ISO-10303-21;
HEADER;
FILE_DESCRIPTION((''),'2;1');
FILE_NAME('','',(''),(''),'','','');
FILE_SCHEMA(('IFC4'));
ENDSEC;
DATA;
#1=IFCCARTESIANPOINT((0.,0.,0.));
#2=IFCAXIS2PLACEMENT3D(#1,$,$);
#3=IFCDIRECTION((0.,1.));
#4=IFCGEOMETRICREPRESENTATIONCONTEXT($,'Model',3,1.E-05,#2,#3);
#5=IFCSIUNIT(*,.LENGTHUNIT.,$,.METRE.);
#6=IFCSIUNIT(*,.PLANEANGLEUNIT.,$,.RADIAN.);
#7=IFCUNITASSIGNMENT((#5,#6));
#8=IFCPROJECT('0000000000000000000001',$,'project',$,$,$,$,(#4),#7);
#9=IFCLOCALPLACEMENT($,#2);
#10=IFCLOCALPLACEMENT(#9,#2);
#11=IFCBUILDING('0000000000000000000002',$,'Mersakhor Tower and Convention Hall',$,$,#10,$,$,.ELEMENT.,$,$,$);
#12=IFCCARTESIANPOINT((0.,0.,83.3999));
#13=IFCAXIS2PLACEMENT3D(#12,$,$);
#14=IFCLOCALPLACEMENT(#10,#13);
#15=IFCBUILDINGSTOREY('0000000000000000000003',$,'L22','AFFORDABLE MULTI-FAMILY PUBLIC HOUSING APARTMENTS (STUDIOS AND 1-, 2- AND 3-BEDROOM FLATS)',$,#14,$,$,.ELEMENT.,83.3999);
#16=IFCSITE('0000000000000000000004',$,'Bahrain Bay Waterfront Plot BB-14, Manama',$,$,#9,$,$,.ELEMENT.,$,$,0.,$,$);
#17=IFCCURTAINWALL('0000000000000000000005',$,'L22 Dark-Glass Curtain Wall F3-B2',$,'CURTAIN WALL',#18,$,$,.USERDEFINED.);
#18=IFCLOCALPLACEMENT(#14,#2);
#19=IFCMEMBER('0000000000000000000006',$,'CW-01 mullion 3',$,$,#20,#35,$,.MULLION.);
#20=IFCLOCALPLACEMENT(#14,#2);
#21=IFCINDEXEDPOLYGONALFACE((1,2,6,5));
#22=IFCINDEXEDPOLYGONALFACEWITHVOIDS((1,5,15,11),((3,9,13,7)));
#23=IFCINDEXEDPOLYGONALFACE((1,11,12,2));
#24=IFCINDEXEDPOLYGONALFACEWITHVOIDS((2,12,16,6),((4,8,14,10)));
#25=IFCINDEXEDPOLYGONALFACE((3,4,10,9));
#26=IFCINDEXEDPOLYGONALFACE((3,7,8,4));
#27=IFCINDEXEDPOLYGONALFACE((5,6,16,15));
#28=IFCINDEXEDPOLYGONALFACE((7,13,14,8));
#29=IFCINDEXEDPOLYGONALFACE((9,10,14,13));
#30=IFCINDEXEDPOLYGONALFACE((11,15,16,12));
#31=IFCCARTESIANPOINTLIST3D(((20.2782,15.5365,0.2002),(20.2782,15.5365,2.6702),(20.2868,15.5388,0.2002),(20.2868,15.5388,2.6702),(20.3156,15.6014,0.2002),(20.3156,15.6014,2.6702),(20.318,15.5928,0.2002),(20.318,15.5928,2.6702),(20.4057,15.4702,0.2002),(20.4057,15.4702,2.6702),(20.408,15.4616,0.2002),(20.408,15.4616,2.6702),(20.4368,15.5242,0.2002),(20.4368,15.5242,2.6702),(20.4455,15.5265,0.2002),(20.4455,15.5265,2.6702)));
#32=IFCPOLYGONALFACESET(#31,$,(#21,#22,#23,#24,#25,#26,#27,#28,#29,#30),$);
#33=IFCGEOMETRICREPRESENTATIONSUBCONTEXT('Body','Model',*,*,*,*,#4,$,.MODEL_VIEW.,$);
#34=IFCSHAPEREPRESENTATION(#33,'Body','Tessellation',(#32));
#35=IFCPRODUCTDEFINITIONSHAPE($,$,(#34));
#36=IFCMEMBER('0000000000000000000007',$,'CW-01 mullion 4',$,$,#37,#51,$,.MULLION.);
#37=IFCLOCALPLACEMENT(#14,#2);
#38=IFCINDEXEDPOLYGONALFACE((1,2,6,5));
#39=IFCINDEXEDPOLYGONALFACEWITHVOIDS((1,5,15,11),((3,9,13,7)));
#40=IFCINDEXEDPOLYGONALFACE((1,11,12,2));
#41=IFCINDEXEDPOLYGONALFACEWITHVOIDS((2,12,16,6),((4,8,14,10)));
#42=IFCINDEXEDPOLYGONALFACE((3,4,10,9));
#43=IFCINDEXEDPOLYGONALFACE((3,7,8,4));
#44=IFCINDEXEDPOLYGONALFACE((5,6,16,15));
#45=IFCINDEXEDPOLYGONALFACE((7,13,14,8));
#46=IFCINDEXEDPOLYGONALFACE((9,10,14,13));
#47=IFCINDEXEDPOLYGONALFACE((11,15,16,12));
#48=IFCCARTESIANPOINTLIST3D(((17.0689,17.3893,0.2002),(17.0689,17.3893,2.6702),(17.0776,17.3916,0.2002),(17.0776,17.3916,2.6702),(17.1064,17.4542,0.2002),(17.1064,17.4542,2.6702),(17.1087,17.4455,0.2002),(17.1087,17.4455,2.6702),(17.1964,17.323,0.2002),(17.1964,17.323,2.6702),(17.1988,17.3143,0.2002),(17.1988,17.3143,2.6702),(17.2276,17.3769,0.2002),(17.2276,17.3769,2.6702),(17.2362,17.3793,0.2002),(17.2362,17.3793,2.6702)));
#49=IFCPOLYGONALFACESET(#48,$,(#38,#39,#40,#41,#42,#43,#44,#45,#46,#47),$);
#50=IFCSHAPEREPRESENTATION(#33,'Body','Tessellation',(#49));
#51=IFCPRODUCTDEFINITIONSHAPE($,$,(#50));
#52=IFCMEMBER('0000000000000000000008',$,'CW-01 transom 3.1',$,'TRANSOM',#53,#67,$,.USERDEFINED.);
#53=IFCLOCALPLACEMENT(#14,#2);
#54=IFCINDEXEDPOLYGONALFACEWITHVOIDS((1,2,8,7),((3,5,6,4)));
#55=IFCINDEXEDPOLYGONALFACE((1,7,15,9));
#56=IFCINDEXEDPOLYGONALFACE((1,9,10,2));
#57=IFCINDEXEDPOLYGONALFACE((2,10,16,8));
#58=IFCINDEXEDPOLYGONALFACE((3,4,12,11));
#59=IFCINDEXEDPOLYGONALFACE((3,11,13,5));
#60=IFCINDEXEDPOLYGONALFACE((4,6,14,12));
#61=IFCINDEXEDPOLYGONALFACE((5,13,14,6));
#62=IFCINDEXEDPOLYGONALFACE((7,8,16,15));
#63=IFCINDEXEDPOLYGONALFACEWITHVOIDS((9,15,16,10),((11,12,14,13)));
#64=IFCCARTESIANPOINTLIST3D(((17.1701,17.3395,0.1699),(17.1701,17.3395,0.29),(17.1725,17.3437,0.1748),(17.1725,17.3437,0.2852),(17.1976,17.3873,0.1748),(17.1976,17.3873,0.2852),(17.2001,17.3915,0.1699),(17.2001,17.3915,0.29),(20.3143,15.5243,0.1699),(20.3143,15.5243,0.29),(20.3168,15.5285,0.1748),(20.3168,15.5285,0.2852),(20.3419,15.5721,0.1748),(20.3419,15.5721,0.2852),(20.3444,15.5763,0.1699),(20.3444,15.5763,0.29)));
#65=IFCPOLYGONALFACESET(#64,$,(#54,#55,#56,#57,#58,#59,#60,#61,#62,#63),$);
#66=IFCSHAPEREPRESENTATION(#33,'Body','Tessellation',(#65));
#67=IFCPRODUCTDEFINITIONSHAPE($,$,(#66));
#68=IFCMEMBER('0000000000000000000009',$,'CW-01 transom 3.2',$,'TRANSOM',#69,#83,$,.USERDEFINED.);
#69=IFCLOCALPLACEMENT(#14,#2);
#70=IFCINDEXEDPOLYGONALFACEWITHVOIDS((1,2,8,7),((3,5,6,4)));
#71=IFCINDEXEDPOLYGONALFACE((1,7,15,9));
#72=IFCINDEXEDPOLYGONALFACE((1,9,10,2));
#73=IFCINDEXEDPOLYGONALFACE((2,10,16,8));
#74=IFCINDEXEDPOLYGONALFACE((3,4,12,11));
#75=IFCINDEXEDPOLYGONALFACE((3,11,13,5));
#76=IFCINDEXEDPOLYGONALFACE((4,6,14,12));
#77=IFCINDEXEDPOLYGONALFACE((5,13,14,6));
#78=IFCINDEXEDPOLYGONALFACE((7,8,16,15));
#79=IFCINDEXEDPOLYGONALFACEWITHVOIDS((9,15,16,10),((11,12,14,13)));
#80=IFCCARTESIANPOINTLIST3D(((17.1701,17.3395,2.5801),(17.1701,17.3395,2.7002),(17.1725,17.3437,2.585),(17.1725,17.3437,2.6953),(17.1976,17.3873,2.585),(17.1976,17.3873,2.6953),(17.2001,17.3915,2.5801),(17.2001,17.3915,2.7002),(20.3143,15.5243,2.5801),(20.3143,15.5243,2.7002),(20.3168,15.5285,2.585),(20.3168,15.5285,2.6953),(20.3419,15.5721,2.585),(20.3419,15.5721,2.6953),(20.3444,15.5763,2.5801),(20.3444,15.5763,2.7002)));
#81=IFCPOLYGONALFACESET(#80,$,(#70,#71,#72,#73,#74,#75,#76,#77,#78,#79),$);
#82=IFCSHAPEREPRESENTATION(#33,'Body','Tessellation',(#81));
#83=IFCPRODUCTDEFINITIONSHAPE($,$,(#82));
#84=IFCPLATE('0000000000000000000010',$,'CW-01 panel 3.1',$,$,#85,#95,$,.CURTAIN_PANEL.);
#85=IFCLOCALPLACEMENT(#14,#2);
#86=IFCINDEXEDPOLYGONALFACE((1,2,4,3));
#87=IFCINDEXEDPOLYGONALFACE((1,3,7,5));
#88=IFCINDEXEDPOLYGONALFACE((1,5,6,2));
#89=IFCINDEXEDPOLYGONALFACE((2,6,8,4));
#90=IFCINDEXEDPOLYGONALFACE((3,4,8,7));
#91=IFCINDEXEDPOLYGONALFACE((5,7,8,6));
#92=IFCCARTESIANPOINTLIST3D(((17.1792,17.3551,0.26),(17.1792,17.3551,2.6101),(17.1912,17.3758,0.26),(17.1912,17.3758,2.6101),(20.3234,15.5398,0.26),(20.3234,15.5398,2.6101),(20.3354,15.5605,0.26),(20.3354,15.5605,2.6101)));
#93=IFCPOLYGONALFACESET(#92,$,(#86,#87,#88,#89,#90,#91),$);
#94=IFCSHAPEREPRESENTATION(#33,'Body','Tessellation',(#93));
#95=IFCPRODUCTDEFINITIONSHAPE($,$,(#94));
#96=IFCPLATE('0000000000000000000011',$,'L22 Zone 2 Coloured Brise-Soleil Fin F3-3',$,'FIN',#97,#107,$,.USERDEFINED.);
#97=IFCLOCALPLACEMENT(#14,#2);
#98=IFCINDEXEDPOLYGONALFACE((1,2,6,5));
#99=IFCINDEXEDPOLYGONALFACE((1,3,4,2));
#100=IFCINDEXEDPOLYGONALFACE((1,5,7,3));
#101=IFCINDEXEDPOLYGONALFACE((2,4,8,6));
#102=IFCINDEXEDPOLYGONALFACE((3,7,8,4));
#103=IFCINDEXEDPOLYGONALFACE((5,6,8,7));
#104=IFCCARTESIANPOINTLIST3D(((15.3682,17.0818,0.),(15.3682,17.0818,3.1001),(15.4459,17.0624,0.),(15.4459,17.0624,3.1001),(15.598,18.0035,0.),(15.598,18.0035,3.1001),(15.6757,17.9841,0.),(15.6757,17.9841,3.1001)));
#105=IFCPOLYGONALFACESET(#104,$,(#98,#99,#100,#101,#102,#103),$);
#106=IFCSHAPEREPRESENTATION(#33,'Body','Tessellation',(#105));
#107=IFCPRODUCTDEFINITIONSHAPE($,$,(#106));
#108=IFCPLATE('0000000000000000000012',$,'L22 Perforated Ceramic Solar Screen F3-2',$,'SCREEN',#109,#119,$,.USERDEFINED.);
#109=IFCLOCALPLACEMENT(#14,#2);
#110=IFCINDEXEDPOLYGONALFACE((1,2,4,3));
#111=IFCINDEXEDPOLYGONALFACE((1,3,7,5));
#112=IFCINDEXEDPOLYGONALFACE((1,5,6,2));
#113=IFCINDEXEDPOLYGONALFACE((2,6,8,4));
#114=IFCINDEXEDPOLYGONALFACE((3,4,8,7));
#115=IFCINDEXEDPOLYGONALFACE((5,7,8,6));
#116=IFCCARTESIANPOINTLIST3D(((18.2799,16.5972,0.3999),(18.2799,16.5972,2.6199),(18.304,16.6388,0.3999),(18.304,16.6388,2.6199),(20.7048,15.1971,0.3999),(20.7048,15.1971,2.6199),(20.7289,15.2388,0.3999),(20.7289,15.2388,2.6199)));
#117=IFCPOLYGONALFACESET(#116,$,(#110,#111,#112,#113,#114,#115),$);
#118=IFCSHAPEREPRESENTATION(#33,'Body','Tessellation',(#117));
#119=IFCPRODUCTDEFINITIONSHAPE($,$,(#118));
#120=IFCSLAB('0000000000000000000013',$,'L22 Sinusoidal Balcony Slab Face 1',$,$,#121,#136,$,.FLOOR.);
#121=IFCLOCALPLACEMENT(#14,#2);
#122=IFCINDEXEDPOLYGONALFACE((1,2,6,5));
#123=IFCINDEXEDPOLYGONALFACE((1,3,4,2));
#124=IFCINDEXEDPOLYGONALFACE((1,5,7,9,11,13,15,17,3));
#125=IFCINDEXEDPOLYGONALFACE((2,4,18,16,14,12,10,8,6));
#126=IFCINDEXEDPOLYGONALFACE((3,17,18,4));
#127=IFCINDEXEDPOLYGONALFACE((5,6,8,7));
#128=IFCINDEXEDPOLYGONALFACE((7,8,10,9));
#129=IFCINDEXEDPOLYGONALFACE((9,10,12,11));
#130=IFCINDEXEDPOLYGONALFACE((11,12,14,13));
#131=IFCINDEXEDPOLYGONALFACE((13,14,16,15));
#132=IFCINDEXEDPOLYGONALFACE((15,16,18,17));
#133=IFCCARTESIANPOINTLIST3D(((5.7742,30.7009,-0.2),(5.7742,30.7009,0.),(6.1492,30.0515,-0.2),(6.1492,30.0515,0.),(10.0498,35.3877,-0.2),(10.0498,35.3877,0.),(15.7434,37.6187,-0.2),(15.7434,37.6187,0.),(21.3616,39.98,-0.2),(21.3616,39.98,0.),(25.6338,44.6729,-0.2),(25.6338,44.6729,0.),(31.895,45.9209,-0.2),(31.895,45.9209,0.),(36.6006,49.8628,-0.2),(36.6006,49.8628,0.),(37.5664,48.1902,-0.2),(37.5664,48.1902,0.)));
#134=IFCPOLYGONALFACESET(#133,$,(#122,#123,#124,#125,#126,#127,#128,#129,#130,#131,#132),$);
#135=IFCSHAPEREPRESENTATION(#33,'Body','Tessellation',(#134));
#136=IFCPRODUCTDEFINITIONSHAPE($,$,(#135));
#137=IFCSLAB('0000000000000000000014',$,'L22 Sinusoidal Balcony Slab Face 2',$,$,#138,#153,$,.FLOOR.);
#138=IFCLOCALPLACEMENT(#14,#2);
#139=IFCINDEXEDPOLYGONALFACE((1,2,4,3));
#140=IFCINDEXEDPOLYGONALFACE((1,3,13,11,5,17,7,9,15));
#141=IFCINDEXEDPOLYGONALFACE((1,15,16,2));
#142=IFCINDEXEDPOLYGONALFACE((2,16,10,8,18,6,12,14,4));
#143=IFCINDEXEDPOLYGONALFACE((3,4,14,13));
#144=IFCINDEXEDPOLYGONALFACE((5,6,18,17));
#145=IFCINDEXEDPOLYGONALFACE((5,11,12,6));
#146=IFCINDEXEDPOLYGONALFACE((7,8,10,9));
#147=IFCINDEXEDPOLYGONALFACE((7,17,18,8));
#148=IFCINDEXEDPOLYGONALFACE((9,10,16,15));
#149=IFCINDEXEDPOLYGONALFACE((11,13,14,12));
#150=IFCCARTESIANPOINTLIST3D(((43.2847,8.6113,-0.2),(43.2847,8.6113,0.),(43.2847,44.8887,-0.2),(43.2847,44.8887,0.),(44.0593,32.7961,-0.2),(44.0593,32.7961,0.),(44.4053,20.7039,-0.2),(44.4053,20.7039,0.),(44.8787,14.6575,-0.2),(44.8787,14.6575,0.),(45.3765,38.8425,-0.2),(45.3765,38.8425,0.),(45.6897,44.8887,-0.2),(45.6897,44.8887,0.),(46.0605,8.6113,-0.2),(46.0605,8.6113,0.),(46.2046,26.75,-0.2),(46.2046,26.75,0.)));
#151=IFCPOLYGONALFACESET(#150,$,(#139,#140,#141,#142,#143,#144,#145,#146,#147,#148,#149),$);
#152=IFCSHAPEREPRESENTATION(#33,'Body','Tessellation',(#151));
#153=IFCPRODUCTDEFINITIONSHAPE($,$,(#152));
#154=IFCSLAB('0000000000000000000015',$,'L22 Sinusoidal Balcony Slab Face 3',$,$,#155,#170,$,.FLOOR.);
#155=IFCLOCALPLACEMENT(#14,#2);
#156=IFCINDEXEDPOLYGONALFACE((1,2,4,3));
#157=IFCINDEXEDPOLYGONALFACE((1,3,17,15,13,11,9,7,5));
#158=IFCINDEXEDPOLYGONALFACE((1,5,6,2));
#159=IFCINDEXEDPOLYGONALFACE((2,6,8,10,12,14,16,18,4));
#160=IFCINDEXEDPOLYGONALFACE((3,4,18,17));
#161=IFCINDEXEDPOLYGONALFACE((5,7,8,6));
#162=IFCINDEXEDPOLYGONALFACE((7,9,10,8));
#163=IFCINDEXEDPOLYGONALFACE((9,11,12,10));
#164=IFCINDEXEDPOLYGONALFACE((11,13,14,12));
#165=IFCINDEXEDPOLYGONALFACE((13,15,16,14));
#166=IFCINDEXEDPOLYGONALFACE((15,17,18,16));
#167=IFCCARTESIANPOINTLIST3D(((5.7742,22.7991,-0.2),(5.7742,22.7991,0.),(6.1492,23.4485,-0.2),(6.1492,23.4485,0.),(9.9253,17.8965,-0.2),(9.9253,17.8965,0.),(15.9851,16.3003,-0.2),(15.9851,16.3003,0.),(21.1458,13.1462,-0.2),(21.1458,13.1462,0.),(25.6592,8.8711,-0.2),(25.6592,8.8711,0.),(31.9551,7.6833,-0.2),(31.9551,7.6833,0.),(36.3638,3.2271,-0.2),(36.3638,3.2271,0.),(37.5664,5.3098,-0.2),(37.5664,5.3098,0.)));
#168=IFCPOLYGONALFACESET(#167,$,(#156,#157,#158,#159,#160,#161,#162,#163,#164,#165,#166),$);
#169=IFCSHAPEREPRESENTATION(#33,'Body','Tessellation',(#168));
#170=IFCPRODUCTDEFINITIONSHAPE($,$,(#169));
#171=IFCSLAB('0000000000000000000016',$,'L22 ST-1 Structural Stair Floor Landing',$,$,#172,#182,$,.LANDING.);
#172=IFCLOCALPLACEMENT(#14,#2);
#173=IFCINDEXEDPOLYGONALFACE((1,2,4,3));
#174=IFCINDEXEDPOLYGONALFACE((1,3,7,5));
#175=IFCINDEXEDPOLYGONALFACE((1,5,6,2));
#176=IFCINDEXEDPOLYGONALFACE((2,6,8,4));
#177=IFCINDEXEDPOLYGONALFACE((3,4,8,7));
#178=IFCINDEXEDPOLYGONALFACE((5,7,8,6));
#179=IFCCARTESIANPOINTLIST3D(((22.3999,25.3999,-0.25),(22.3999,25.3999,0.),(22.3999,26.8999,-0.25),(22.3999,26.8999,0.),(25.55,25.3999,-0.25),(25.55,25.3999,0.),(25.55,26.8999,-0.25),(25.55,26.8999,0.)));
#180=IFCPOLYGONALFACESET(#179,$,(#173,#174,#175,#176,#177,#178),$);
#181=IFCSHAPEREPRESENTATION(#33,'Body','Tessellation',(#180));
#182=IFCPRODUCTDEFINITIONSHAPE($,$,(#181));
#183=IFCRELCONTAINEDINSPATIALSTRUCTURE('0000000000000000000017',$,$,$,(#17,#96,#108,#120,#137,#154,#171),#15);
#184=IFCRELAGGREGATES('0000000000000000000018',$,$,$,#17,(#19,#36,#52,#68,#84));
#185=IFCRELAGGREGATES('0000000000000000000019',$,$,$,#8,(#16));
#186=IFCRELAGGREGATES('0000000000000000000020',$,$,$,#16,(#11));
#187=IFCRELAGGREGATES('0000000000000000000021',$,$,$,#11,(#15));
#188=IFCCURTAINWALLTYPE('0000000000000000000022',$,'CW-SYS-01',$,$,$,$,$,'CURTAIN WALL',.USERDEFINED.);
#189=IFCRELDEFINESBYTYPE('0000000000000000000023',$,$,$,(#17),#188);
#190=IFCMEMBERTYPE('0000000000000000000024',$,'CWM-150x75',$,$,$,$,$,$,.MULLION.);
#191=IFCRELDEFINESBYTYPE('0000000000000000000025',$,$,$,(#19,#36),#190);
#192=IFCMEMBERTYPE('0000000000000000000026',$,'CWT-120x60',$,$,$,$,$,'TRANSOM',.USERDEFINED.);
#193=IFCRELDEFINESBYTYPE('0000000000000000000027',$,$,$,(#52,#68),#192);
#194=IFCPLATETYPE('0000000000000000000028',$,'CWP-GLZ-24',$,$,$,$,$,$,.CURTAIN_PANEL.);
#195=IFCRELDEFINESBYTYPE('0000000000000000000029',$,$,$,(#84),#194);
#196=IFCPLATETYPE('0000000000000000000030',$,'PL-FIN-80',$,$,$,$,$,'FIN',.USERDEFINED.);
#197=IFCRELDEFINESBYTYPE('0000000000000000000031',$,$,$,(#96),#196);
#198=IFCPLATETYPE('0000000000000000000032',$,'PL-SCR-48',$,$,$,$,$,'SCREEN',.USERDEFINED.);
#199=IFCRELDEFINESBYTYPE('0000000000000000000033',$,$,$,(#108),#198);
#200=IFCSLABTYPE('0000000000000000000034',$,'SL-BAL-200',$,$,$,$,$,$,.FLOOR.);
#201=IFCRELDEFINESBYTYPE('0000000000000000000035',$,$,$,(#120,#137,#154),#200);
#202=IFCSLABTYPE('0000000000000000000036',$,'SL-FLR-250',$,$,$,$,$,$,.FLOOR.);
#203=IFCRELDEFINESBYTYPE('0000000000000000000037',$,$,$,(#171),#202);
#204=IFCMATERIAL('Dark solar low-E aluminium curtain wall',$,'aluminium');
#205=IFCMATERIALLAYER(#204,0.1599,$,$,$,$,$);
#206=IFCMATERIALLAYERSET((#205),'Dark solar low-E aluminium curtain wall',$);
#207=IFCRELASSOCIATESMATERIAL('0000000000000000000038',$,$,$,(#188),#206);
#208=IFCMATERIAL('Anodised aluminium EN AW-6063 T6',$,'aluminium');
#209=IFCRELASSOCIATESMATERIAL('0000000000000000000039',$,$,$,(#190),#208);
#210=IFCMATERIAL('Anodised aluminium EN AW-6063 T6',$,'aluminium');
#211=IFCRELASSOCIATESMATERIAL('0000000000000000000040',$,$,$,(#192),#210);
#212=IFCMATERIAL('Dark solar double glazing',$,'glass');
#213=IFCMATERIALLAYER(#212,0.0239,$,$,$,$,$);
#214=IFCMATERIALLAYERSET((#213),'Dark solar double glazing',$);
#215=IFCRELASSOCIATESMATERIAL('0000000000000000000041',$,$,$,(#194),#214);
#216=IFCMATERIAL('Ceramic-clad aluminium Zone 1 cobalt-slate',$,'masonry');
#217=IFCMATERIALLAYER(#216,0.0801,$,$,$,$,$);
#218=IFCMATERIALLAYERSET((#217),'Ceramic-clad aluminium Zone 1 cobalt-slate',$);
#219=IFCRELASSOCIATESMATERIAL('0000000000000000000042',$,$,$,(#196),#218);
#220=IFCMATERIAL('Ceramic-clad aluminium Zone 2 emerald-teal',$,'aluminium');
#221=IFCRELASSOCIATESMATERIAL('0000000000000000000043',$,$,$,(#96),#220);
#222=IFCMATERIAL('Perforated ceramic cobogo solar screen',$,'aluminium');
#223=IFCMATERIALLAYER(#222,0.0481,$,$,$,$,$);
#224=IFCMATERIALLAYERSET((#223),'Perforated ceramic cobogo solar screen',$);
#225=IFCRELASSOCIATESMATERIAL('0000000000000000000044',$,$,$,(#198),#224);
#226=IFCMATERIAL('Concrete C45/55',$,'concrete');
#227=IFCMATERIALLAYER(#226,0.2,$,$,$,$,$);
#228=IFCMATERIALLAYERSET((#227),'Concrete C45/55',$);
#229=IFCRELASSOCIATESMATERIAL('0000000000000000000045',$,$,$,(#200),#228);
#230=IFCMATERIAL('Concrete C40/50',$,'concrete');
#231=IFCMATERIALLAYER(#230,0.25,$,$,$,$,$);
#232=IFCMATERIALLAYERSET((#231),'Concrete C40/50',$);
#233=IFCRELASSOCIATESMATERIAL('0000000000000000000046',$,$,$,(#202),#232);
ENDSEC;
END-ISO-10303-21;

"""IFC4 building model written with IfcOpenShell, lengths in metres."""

from ifc_helpers import new_model, si_unit, direction, frame, origin, origin_2d, place, context, subcontext, project, spatial, polyline, rectangle, hollow_rectangle, outline, extrude, material, layer, layer_set, material_profile, profile_set, type_object, element, aggregate, save


model = new_model("IFC4")

# Units and contexts
model_context = context("Model", 3, precision=1e-05, world=origin(), true_north=direction((0.0, 1.0)))
body_context = subcontext(model_context, "Body", "Model", "MODEL_VIEW")
ifc_project = project(units=[si_unit("LENGTHUNIT", "METRE"), si_unit("PLANEANGLEUNIT", "RADIAN")], contexts=[model_context])

# Site, building, storey
site_placement = place(None, origin())
site = spatial("IfcSite", under=ifc_project, at=site_placement, Name="Bahrain Bay Waterfront Plot BB-14, Manama", CompositionType="ELEMENT", RefElevation=0.0)
building_placement = place(site_placement, origin())
building = spatial("IfcBuilding", under=site, at=building_placement, Name="Mersakhor Tower and Convention Hall", CompositionType="ELEMENT")
storey_placement = place(building_placement, frame((0.0, 0.0, 83.3999)))
storey = spatial("IfcBuildingStorey", under=building, at=storey_placement, Name="L22", Description="AFFORDABLE MULTI-FAMILY PUBLIC HOUSING APARTMENTS (STUDIOS AND 1-, 2- AND 3-BEDROOM FLATS)", CompositionType="ELEMENT", Elevation=83.3999)

# Curtain wall, members, plate
ifc_material_1 = material(Name="Dark solar low-E aluminium curtain wall", Category="aluminium")
ifc_layer_1 = layer(ifc_material_1, 0.1599)
ifc_layer_set_1 = layer_set([ifc_layer_1], Name="Dark solar low-E aluminium curtain wall")
curtain_wall_type = type_object("IfcCurtainWallType", Name="CW-SYS-01", ElementType="CURTAIN WALL", PredefinedType="USERDEFINED", material=ifc_layer_set_1)
curtain_wall_placement = place(storey_placement, origin())
curtain_wall = element("IfcCurtainWall", 1, at=curtain_wall_placement, inside=storey, type_object=curtain_wall_type, Name="L22 Dark-Glass Curtain Wall F3-B2", ObjectType="CURTAIN WALL", PredefinedType="USERDEFINED")
ifc_material_2 = material(Name="Anodised aluminium EN AW-6063 T6", Category="aluminium")
ifc_material_profile_1 = material_profile(ifc_material_2, hollow_rectangle(XDim=0.075, YDim=0.1499, WallThickness=0.0063, at=origin_2d()), Name="RHS 150x75x6.3")
ifc_profile_set_1 = profile_set([ifc_material_profile_1], Name="Anodised aluminium EN AW-6063 T6")
member_type_1 = type_object("IfcMemberType", Name="CWM-150x75", PredefinedType="MULLION", material=ifc_profile_set_1)
member_1_placement = place(storey_placement, frame((20.3618, 15.5315, 0.2002), z_axis=(0.0, 0.0, 1.0), x_axis=(-0.499998, -0.866027, 0.0)))
member_1 = element("IfcMember", 2, at=member_1_placement, type_object=member_type_1, Name="CW-01 mullion 3", PredefinedType="MULLION", context=body_context, shape_type="SweptSolid", body=[
    extrude(hollow_rectangle(XDim=0.075, YDim=0.1499, WallThickness=0.0063, at=origin_2d()), origin(), (0.0, 0.0, 1.0), 2.47),
])
member_2_placement = place(storey_placement, frame((17.1526, 17.3843, 0.2002), z_axis=(0.0, 0.0, 1.0), x_axis=(-0.499998, -0.866027, 0.0)))
member_2 = element("IfcMember", 3, at=member_2_placement, type_object=member_type_1, Name="CW-01 mullion 4", PredefinedType="MULLION", context=body_context, shape_type="SweptSolid", body=[
    extrude(hollow_rectangle(XDim=0.075, YDim=0.1499, WallThickness=0.0063, at=origin_2d()), origin(), (0.0, 0.0, 1.0), 2.47),
])
ifc_material_3 = material(Name="Anodised aluminium EN AW-6063 T6", Category="aluminium")
ifc_material_profile_2 = material_profile(ifc_material_3, hollow_rectangle(XDim=0.0601, YDim=0.1201, WallThickness=0.0049, at=origin_2d()), Name="RHS 120x60x5")
ifc_profile_set_2 = profile_set([ifc_material_profile_2], Name="Anodised aluminium EN AW-6063 T6")
member_type_2 = type_object("IfcMemberType", Name="CWT-120x60", ElementType="TRANSOM", PredefinedType="USERDEFINED", material=ifc_profile_set_2)
member_3_placement = place(storey_placement, frame((20.3293, 15.5503, 0.23), z_axis=(-0.866046, 0.499965, 0.0), x_axis=(-0.499965, -0.866046, 0.0)))
member_3 = element("IfcMember", 4, at=member_3_placement, type_object=member_type_2, Name="CW-01 transom 3.1", ObjectType="TRANSOM", PredefinedType="USERDEFINED", context=body_context, shape_type="SweptSolid", body=[
    extrude(hollow_rectangle(XDim=0.0601, YDim=0.1201, WallThickness=0.0049, at=origin_2d()), origin(), (0.0, 0.0, 1.0), 3.6306),
])
member_4_placement = place(storey_placement, frame((20.3293, 15.5503, 2.6401), z_axis=(-0.866046, 0.499965, 0.0), x_axis=(-0.499965, -0.866046, 0.0)))
member_4 = element("IfcMember", 5, at=member_4_placement, type_object=member_type_2, Name="CW-01 transom 3.2", ObjectType="TRANSOM", PredefinedType="USERDEFINED", context=body_context, shape_type="SweptSolid", body=[
    extrude(hollow_rectangle(XDim=0.0601, YDim=0.1201, WallThickness=0.0049, at=origin_2d()), origin(), (0.0, 0.0, 1.0), 3.6306),
])
ifc_material_4 = material(Name="Dark solar double glazing", Category="glass")
ifc_layer_2 = layer(ifc_material_4, 0.0239)
ifc_layer_set_2 = layer_set([ifc_layer_2], Name="Dark solar double glazing")
plate_type_1 = type_object("IfcPlateType", Name="CWP-GLZ-24", PredefinedType="CURTAIN_PANEL", material=ifc_layer_set_2)
plate_1_placement = place(storey_placement, frame((18.7573, 16.4578, 0.26), z_axis=(0.0, 0.0, 1.0), x_axis=(-0.866027, 0.499998, 0.0)))
plate_1 = element("IfcPlate", 6, at=plate_1_placement, type_object=plate_type_1, Name="CW-01 panel 3.1", PredefinedType="CURTAIN_PANEL", context=body_context, shape_type="SweptSolid", body=[
    extrude(rectangle(XDim=3.6306, YDim=0.0239, at=origin_2d()), origin(), (0.0, 0.0, 1.0), 2.3501),
])
aggregate(curtain_wall, [member_1, member_2, member_3, member_4, plate_1])

# Plates
ifc_material_5 = material(Name="Ceramic-clad aluminium Zone 2 emerald-teal", Category="aluminium")
ifc_material_6 = material(Name="Ceramic-clad aluminium Zone 1 cobalt-slate", Category="masonry")
ifc_layer_3 = layer(ifc_material_6, 0.0801)
ifc_layer_set_3 = layer_set([ifc_layer_3], Name="Ceramic-clad aluminium Zone 1 cobalt-slate")
plate_type_2 = type_object("IfcPlateType", Name="PL-FIN-80", ElementType="FIN", PredefinedType="USERDEFINED", material=ifc_layer_set_3)
plate_2_placement = place(storey_placement, frame((15.522, 17.533, 0.0), z_axis=(0.0, 0.0, 1.0), x_axis=(-0.241922, -0.970296, 0.0)))
element("IfcPlate", 7, at=plate_2_placement, inside=storey, type_object=plate_type_2, material=ifc_material_5, Name="L22 Zone 2 Coloured Brise-Soleil Fin F3-3", ObjectType="FIN", PredefinedType="USERDEFINED", context=body_context, shape_type="SweptSolid", body=[
    extrude(rectangle(XDim=0.95, YDim=0.0801, at=origin_2d()), origin(), (0.0, 0.0, 1.0), 3.1001),
])
ifc_material_7 = material(Name="Perforated ceramic cobogo solar screen", Category="aluminium")
ifc_layer_4 = layer(ifc_material_7, 0.0481)
ifc_layer_set_4 = layer_set([ifc_layer_4], Name="Perforated ceramic cobogo solar screen")
plate_type_3 = type_object("IfcPlateType", Name="PL-SCR-48", ElementType="SCREEN", PredefinedType="USERDEFINED", material=ifc_layer_set_4)
plate_3_placement = place(storey_placement, frame((19.5044, 15.918, 0.3999), z_axis=(0.0, 0.0, 1.0), x_axis=(-0.866025, 0.5, 0.0)))
element("IfcPlate", 8, at=plate_3_placement, inside=storey, type_object=plate_type_3, Name="L22 Perforated Ceramic Solar Screen F3-2", ObjectType="SCREEN", PredefinedType="USERDEFINED", context=body_context, shape_type="SweptSolid", body=[
    extrude(rectangle(XDim=2.8, YDim=0.0481, at=origin_2d()), origin(), (0.0, 0.0, 1.0), 2.22),
])

# Slabs
ifc_material_8 = material(Name="Concrete C45/55", Category="concrete")
ifc_layer_5 = layer(ifc_material_8, 0.2)
ifc_layer_set_5 = layer_set([ifc_layer_5], Name="Concrete C45/55")
slab_type_1 = type_object("IfcSlabType", Name="SL-BAL-200", PredefinedType="FLOOR", material=ifc_layer_set_5)
slab_1_placement = place(storey_placement, frame((0.0, 0.0, -0.2)))
element("IfcSlab", 9, at=slab_1_placement, inside=storey, type_object=slab_type_1, Name="L22 Sinusoidal Balcony Slab Face 1", PredefinedType="FLOOR", context=body_context, shape_type="SweptSolid", body=[
    extrude(outline(polyline([(6.1492, 30.0515), (37.5664, 48.1902), (36.6006, 49.8628), (31.895, 45.9209), (25.6338, 44.6729), (21.3616, 39.98), (15.7434, 37.6187), (10.0498, 35.3877), (5.7742, 30.7009), (6.1492, 30.0515)])), origin(), (0.0, 0.0, 1.0), 0.2),
])
slab_2_placement = place(storey_placement, frame((0.0, 0.0, -0.2)))
element("IfcSlab", 10, at=slab_2_placement, inside=storey, type_object=slab_type_1, Name="L22 Sinusoidal Balcony Slab Face 2", PredefinedType="FLOOR", context=body_context, shape_type="SweptSolid", body=[
    extrude(outline(polyline([(43.2847, 44.8887), (43.2847, 8.6113), (46.0605, 8.6113), (44.8787, 14.6575), (44.4053, 20.7039), (46.2046, 26.75), (44.0593, 32.7961), (45.3765, 38.8425), (45.6897, 44.8887), (43.2847, 44.8887)])), origin(), (0.0, 0.0, 1.0), 0.2),
])
slab_3_placement = place(storey_placement, frame((0.0, 0.0, -0.2)))
element("IfcSlab", 11, at=slab_3_placement, inside=storey, type_object=slab_type_1, Name="L22 Sinusoidal Balcony Slab Face 3", PredefinedType="FLOOR", context=body_context, shape_type="SweptSolid", body=[
    extrude(outline(polyline([(37.5664, 5.3098), (6.1492, 23.4485), (5.7742, 22.7991), (9.9253, 17.8965), (15.9851, 16.3003), (21.1458, 13.1462), (25.6592, 8.8711), (31.9551, 7.6833), (36.3638, 3.2271), (37.5664, 5.3098)])), origin(), (0.0, 0.0, 1.0), 0.2),
])
ifc_material_9 = material(Name="Concrete C40/50", Category="concrete")
ifc_layer_6 = layer(ifc_material_9, 0.25)
ifc_layer_set_6 = layer_set([ifc_layer_6], Name="Concrete C40/50")
slab_type_2 = type_object("IfcSlabType", Name="SL-FLR-250", PredefinedType="FLOOR", material=ifc_layer_set_6)
slab_4_placement = place(storey_placement, frame((0.0, 0.0, -0.25)))
element("IfcSlab", 12, at=slab_4_placement, inside=storey, type_object=slab_type_2, Name="L22 ST-1 Structural Stair Floor Landing", PredefinedType="LANDING", context=body_context, shape_type="SweptSolid", body=[
    extrude(outline(polyline([(25.55, 25.3999), (25.55, 26.8999), (22.3999, 26.8999), (22.3999, 25.3999), (25.55, 25.3999)])), origin(), (0.0, 0.0, 1.0), 0.25),
])

save(model, "model.ifc")
